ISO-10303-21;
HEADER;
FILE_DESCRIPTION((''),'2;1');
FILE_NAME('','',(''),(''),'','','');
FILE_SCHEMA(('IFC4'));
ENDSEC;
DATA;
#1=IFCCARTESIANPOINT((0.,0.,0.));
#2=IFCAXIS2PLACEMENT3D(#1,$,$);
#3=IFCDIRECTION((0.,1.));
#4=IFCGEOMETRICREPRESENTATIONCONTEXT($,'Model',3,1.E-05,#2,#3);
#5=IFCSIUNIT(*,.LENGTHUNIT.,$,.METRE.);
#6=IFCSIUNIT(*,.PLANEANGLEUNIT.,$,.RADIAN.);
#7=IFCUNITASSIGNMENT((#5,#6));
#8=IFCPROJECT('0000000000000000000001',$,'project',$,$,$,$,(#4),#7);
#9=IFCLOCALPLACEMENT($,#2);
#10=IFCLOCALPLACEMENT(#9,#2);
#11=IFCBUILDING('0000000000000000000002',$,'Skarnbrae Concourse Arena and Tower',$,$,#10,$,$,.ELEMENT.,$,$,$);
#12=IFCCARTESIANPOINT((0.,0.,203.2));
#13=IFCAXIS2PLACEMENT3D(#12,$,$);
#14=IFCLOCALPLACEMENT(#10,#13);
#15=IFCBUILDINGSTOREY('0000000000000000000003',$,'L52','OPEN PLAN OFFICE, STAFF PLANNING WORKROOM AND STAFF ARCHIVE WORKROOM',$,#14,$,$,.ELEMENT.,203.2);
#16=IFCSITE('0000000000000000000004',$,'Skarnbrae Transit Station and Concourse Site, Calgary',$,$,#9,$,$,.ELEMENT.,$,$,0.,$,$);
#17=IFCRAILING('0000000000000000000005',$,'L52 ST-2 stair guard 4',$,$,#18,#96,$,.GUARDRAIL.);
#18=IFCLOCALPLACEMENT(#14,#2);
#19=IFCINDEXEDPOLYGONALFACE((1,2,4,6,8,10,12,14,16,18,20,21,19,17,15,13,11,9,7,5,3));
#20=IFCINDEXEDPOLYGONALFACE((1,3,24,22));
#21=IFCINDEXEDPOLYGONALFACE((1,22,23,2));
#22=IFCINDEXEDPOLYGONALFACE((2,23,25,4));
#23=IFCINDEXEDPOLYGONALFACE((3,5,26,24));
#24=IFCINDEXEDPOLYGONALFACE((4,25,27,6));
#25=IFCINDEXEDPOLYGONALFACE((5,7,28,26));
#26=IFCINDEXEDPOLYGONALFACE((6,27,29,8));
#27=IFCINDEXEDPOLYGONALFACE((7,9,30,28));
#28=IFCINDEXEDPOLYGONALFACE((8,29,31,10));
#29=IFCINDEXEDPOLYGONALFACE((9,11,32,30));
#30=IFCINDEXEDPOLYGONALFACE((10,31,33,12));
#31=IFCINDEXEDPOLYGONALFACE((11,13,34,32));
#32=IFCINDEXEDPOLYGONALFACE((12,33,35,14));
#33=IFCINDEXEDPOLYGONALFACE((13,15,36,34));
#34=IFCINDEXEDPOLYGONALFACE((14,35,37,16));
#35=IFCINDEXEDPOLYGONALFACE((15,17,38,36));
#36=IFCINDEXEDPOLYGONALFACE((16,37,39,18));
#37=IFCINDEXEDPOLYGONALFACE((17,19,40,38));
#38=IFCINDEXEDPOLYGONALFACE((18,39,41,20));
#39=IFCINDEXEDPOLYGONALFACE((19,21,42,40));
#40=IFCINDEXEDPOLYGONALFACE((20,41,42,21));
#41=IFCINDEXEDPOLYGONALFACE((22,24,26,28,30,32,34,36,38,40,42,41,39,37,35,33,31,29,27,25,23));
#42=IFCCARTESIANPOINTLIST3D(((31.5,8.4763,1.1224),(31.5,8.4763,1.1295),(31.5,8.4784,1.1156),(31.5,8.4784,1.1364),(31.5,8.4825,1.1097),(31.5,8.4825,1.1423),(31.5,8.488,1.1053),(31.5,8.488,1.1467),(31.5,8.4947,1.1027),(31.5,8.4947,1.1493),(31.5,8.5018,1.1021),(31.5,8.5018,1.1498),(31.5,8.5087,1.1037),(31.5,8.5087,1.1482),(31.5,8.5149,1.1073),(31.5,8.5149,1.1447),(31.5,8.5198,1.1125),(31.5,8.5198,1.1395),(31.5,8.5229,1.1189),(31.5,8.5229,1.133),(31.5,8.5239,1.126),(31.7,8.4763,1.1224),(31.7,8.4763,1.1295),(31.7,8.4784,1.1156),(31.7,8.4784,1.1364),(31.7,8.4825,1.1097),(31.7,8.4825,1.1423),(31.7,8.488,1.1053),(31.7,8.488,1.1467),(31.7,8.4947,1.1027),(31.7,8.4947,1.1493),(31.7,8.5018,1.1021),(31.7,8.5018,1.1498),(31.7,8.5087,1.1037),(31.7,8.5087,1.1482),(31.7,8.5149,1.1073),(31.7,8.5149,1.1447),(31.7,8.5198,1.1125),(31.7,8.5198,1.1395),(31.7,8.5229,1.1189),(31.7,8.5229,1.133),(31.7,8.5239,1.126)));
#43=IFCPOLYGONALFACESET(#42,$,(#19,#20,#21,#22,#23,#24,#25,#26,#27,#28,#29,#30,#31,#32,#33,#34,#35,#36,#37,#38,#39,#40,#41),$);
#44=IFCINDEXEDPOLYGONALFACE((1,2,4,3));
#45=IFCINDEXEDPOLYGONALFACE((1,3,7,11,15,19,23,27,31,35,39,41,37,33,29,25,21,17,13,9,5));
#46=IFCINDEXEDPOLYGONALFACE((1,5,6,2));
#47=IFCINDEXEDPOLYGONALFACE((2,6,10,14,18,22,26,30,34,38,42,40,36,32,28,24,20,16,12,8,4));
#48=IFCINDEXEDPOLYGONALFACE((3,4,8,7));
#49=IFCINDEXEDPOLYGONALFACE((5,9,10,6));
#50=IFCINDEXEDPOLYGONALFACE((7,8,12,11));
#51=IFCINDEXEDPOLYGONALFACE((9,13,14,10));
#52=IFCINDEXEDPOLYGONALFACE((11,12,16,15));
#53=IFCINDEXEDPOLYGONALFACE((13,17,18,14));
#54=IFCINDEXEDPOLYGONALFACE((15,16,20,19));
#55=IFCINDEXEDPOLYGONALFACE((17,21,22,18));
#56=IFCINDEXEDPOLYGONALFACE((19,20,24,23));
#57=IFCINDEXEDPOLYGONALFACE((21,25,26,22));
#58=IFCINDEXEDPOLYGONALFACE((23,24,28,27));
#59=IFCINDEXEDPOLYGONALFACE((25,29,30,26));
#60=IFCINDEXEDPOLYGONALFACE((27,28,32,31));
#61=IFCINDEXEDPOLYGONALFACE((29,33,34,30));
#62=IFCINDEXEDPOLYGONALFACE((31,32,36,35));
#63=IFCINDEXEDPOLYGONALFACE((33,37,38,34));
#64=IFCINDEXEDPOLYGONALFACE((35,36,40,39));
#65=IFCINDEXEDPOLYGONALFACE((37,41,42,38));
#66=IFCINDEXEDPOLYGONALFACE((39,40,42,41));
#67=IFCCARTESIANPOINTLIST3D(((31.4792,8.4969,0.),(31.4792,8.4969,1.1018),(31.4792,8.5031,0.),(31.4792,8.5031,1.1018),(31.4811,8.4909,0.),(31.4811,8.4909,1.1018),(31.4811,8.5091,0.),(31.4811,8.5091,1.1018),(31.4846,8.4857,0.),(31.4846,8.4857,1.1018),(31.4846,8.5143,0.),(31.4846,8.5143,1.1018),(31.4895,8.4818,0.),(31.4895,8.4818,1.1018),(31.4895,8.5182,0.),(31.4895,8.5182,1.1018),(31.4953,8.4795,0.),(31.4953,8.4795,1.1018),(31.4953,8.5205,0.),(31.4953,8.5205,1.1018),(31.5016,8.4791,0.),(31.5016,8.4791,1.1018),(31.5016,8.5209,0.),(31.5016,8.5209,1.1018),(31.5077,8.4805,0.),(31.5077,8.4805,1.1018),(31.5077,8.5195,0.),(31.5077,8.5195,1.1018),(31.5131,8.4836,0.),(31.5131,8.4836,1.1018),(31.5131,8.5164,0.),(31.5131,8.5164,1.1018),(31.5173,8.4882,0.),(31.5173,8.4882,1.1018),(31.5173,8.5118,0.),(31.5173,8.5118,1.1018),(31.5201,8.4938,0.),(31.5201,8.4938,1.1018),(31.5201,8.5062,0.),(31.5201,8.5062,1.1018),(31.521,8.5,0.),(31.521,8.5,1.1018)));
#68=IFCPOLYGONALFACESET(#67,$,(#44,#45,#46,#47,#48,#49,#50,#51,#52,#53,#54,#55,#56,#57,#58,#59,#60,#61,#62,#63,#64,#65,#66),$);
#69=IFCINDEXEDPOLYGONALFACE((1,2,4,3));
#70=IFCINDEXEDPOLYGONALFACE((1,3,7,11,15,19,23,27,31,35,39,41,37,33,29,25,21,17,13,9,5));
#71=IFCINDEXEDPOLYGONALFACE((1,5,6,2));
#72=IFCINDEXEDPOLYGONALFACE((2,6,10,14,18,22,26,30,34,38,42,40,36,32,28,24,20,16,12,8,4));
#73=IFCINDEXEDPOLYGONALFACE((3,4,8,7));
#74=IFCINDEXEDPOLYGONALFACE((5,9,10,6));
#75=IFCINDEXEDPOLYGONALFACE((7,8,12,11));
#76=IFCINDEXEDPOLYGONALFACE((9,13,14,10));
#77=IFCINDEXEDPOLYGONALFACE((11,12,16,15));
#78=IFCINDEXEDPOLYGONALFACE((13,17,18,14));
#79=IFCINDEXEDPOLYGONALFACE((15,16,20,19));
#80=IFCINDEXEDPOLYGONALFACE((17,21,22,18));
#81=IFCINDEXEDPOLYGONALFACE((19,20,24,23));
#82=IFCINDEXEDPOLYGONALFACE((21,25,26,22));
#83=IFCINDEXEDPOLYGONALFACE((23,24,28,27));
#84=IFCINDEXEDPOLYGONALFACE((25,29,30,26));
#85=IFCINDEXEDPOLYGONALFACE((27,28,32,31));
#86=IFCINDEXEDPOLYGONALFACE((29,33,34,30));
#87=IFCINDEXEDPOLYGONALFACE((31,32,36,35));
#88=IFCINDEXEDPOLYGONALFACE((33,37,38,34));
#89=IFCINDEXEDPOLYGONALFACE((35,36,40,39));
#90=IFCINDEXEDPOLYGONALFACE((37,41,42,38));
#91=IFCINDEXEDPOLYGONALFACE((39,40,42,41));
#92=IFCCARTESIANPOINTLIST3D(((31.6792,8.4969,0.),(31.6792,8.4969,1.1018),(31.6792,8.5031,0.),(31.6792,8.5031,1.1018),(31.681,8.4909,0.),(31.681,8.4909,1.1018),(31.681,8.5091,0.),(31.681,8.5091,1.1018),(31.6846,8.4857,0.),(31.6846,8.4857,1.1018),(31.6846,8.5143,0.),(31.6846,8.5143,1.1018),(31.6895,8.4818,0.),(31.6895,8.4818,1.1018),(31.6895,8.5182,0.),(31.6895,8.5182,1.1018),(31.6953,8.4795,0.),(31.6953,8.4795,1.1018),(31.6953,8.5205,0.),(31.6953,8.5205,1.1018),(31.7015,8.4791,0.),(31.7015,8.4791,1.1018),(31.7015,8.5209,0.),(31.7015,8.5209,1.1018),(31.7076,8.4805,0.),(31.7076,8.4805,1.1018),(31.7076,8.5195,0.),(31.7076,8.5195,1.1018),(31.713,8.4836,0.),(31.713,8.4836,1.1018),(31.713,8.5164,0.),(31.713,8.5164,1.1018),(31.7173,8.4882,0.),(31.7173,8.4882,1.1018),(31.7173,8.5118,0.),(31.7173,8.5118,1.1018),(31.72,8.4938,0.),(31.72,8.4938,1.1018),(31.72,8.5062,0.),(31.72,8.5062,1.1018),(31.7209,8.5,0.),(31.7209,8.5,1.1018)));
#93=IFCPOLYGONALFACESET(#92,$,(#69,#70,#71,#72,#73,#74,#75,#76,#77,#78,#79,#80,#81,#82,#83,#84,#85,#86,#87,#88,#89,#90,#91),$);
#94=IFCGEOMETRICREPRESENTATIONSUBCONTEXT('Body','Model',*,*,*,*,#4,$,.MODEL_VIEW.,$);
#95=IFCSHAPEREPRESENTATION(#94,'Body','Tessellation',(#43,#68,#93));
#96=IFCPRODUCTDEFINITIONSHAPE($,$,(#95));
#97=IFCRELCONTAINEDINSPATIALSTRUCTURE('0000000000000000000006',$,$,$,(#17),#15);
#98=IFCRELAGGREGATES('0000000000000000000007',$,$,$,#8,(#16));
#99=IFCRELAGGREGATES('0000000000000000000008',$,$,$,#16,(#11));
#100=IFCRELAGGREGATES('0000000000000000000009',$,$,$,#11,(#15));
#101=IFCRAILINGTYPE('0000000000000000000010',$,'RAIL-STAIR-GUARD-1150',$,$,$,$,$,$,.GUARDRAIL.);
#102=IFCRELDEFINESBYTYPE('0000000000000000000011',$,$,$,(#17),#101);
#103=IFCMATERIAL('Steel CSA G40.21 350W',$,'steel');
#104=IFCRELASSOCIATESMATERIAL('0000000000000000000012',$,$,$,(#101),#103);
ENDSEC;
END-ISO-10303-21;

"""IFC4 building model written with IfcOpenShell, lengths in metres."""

from ifc_helpers import new_model, si_unit, direction, frame, origin, origin_2d, place, context, subcontext, project, spatial, circle, extrude, material, type_object, element, save


model = new_model("IFC4")

# Units and contexts
model_context = context("Model", 3, precision=1e-05, world=origin(), true_north=direction((0.0, 1.0)))
body_context = subcontext(model_context, "Body", "Model", "MODEL_VIEW")
ifc_project = project(units=[si_unit("LENGTHUNIT", "METRE"), si_unit("PLANEANGLEUNIT", "RADIAN")], contexts=[model_context])

# Site, building, storey
site_placement = place(None, origin())
site = spatial("IfcSite", under=ifc_project, at=site_placement, Name="Skarnbrae Transit Station and Concourse Site, Calgary", CompositionType="ELEMENT", RefElevation=0.0)
building_placement = place(site_placement, origin())
building = spatial("IfcBuilding", under=site, at=building_placement, Name="Skarnbrae Concourse Arena and Tower", CompositionType="ELEMENT")
storey_placement = place(building_placement, frame((0.0, 0.0, 203.2)))
storey = spatial("IfcBuildingStorey", under=building, at=storey_placement, Name="L52", Description="OPEN PLAN OFFICE, STAFF PLANNING WORKROOM AND STAFF ARCHIVE WORKROOM", CompositionType="ELEMENT", Elevation=203.2)

# Shared definitions
ifc_material_1 = material(Name="Steel CSA G40.21 350W", Category="steel")

# Railing
railing_type = type_object("IfcRailingType", Name="RAIL-STAIR-GUARD-1150", PredefinedType="GUARDRAIL", material=ifc_material_1)
railing_1_placement = place(storey_placement, frame((31.5, 8.5, 0.0)))
element("IfcRailing", 1, at=railing_1_placement, inside=storey, type_object=railing_type, Name="L52 ST-2 stair guard 4", PredefinedType="GUARDRAIL", context=body_context, shape_type="SweptSolid", body=[
    extrude(circle(Radius=0.0239, at=origin_2d()), frame((0.0, 0.0, 1.126), z_axis=(1.0, 0.0, 0.0), x_axis=(0.0, 1.0, 0.0)), (0.0, 0.0, 1.0), 0.2),
    extrude(circle(Radius=0.021, at=origin_2d()), origin(), (0.0, 0.0, 1.0), 1.1018),
    extrude(circle(Radius=0.021, at=origin_2d()), frame((0.2, 0.0, 0.0)), (0.0, 0.0, 1.0), 1.1018),
])

save(model, "model.ifc")
